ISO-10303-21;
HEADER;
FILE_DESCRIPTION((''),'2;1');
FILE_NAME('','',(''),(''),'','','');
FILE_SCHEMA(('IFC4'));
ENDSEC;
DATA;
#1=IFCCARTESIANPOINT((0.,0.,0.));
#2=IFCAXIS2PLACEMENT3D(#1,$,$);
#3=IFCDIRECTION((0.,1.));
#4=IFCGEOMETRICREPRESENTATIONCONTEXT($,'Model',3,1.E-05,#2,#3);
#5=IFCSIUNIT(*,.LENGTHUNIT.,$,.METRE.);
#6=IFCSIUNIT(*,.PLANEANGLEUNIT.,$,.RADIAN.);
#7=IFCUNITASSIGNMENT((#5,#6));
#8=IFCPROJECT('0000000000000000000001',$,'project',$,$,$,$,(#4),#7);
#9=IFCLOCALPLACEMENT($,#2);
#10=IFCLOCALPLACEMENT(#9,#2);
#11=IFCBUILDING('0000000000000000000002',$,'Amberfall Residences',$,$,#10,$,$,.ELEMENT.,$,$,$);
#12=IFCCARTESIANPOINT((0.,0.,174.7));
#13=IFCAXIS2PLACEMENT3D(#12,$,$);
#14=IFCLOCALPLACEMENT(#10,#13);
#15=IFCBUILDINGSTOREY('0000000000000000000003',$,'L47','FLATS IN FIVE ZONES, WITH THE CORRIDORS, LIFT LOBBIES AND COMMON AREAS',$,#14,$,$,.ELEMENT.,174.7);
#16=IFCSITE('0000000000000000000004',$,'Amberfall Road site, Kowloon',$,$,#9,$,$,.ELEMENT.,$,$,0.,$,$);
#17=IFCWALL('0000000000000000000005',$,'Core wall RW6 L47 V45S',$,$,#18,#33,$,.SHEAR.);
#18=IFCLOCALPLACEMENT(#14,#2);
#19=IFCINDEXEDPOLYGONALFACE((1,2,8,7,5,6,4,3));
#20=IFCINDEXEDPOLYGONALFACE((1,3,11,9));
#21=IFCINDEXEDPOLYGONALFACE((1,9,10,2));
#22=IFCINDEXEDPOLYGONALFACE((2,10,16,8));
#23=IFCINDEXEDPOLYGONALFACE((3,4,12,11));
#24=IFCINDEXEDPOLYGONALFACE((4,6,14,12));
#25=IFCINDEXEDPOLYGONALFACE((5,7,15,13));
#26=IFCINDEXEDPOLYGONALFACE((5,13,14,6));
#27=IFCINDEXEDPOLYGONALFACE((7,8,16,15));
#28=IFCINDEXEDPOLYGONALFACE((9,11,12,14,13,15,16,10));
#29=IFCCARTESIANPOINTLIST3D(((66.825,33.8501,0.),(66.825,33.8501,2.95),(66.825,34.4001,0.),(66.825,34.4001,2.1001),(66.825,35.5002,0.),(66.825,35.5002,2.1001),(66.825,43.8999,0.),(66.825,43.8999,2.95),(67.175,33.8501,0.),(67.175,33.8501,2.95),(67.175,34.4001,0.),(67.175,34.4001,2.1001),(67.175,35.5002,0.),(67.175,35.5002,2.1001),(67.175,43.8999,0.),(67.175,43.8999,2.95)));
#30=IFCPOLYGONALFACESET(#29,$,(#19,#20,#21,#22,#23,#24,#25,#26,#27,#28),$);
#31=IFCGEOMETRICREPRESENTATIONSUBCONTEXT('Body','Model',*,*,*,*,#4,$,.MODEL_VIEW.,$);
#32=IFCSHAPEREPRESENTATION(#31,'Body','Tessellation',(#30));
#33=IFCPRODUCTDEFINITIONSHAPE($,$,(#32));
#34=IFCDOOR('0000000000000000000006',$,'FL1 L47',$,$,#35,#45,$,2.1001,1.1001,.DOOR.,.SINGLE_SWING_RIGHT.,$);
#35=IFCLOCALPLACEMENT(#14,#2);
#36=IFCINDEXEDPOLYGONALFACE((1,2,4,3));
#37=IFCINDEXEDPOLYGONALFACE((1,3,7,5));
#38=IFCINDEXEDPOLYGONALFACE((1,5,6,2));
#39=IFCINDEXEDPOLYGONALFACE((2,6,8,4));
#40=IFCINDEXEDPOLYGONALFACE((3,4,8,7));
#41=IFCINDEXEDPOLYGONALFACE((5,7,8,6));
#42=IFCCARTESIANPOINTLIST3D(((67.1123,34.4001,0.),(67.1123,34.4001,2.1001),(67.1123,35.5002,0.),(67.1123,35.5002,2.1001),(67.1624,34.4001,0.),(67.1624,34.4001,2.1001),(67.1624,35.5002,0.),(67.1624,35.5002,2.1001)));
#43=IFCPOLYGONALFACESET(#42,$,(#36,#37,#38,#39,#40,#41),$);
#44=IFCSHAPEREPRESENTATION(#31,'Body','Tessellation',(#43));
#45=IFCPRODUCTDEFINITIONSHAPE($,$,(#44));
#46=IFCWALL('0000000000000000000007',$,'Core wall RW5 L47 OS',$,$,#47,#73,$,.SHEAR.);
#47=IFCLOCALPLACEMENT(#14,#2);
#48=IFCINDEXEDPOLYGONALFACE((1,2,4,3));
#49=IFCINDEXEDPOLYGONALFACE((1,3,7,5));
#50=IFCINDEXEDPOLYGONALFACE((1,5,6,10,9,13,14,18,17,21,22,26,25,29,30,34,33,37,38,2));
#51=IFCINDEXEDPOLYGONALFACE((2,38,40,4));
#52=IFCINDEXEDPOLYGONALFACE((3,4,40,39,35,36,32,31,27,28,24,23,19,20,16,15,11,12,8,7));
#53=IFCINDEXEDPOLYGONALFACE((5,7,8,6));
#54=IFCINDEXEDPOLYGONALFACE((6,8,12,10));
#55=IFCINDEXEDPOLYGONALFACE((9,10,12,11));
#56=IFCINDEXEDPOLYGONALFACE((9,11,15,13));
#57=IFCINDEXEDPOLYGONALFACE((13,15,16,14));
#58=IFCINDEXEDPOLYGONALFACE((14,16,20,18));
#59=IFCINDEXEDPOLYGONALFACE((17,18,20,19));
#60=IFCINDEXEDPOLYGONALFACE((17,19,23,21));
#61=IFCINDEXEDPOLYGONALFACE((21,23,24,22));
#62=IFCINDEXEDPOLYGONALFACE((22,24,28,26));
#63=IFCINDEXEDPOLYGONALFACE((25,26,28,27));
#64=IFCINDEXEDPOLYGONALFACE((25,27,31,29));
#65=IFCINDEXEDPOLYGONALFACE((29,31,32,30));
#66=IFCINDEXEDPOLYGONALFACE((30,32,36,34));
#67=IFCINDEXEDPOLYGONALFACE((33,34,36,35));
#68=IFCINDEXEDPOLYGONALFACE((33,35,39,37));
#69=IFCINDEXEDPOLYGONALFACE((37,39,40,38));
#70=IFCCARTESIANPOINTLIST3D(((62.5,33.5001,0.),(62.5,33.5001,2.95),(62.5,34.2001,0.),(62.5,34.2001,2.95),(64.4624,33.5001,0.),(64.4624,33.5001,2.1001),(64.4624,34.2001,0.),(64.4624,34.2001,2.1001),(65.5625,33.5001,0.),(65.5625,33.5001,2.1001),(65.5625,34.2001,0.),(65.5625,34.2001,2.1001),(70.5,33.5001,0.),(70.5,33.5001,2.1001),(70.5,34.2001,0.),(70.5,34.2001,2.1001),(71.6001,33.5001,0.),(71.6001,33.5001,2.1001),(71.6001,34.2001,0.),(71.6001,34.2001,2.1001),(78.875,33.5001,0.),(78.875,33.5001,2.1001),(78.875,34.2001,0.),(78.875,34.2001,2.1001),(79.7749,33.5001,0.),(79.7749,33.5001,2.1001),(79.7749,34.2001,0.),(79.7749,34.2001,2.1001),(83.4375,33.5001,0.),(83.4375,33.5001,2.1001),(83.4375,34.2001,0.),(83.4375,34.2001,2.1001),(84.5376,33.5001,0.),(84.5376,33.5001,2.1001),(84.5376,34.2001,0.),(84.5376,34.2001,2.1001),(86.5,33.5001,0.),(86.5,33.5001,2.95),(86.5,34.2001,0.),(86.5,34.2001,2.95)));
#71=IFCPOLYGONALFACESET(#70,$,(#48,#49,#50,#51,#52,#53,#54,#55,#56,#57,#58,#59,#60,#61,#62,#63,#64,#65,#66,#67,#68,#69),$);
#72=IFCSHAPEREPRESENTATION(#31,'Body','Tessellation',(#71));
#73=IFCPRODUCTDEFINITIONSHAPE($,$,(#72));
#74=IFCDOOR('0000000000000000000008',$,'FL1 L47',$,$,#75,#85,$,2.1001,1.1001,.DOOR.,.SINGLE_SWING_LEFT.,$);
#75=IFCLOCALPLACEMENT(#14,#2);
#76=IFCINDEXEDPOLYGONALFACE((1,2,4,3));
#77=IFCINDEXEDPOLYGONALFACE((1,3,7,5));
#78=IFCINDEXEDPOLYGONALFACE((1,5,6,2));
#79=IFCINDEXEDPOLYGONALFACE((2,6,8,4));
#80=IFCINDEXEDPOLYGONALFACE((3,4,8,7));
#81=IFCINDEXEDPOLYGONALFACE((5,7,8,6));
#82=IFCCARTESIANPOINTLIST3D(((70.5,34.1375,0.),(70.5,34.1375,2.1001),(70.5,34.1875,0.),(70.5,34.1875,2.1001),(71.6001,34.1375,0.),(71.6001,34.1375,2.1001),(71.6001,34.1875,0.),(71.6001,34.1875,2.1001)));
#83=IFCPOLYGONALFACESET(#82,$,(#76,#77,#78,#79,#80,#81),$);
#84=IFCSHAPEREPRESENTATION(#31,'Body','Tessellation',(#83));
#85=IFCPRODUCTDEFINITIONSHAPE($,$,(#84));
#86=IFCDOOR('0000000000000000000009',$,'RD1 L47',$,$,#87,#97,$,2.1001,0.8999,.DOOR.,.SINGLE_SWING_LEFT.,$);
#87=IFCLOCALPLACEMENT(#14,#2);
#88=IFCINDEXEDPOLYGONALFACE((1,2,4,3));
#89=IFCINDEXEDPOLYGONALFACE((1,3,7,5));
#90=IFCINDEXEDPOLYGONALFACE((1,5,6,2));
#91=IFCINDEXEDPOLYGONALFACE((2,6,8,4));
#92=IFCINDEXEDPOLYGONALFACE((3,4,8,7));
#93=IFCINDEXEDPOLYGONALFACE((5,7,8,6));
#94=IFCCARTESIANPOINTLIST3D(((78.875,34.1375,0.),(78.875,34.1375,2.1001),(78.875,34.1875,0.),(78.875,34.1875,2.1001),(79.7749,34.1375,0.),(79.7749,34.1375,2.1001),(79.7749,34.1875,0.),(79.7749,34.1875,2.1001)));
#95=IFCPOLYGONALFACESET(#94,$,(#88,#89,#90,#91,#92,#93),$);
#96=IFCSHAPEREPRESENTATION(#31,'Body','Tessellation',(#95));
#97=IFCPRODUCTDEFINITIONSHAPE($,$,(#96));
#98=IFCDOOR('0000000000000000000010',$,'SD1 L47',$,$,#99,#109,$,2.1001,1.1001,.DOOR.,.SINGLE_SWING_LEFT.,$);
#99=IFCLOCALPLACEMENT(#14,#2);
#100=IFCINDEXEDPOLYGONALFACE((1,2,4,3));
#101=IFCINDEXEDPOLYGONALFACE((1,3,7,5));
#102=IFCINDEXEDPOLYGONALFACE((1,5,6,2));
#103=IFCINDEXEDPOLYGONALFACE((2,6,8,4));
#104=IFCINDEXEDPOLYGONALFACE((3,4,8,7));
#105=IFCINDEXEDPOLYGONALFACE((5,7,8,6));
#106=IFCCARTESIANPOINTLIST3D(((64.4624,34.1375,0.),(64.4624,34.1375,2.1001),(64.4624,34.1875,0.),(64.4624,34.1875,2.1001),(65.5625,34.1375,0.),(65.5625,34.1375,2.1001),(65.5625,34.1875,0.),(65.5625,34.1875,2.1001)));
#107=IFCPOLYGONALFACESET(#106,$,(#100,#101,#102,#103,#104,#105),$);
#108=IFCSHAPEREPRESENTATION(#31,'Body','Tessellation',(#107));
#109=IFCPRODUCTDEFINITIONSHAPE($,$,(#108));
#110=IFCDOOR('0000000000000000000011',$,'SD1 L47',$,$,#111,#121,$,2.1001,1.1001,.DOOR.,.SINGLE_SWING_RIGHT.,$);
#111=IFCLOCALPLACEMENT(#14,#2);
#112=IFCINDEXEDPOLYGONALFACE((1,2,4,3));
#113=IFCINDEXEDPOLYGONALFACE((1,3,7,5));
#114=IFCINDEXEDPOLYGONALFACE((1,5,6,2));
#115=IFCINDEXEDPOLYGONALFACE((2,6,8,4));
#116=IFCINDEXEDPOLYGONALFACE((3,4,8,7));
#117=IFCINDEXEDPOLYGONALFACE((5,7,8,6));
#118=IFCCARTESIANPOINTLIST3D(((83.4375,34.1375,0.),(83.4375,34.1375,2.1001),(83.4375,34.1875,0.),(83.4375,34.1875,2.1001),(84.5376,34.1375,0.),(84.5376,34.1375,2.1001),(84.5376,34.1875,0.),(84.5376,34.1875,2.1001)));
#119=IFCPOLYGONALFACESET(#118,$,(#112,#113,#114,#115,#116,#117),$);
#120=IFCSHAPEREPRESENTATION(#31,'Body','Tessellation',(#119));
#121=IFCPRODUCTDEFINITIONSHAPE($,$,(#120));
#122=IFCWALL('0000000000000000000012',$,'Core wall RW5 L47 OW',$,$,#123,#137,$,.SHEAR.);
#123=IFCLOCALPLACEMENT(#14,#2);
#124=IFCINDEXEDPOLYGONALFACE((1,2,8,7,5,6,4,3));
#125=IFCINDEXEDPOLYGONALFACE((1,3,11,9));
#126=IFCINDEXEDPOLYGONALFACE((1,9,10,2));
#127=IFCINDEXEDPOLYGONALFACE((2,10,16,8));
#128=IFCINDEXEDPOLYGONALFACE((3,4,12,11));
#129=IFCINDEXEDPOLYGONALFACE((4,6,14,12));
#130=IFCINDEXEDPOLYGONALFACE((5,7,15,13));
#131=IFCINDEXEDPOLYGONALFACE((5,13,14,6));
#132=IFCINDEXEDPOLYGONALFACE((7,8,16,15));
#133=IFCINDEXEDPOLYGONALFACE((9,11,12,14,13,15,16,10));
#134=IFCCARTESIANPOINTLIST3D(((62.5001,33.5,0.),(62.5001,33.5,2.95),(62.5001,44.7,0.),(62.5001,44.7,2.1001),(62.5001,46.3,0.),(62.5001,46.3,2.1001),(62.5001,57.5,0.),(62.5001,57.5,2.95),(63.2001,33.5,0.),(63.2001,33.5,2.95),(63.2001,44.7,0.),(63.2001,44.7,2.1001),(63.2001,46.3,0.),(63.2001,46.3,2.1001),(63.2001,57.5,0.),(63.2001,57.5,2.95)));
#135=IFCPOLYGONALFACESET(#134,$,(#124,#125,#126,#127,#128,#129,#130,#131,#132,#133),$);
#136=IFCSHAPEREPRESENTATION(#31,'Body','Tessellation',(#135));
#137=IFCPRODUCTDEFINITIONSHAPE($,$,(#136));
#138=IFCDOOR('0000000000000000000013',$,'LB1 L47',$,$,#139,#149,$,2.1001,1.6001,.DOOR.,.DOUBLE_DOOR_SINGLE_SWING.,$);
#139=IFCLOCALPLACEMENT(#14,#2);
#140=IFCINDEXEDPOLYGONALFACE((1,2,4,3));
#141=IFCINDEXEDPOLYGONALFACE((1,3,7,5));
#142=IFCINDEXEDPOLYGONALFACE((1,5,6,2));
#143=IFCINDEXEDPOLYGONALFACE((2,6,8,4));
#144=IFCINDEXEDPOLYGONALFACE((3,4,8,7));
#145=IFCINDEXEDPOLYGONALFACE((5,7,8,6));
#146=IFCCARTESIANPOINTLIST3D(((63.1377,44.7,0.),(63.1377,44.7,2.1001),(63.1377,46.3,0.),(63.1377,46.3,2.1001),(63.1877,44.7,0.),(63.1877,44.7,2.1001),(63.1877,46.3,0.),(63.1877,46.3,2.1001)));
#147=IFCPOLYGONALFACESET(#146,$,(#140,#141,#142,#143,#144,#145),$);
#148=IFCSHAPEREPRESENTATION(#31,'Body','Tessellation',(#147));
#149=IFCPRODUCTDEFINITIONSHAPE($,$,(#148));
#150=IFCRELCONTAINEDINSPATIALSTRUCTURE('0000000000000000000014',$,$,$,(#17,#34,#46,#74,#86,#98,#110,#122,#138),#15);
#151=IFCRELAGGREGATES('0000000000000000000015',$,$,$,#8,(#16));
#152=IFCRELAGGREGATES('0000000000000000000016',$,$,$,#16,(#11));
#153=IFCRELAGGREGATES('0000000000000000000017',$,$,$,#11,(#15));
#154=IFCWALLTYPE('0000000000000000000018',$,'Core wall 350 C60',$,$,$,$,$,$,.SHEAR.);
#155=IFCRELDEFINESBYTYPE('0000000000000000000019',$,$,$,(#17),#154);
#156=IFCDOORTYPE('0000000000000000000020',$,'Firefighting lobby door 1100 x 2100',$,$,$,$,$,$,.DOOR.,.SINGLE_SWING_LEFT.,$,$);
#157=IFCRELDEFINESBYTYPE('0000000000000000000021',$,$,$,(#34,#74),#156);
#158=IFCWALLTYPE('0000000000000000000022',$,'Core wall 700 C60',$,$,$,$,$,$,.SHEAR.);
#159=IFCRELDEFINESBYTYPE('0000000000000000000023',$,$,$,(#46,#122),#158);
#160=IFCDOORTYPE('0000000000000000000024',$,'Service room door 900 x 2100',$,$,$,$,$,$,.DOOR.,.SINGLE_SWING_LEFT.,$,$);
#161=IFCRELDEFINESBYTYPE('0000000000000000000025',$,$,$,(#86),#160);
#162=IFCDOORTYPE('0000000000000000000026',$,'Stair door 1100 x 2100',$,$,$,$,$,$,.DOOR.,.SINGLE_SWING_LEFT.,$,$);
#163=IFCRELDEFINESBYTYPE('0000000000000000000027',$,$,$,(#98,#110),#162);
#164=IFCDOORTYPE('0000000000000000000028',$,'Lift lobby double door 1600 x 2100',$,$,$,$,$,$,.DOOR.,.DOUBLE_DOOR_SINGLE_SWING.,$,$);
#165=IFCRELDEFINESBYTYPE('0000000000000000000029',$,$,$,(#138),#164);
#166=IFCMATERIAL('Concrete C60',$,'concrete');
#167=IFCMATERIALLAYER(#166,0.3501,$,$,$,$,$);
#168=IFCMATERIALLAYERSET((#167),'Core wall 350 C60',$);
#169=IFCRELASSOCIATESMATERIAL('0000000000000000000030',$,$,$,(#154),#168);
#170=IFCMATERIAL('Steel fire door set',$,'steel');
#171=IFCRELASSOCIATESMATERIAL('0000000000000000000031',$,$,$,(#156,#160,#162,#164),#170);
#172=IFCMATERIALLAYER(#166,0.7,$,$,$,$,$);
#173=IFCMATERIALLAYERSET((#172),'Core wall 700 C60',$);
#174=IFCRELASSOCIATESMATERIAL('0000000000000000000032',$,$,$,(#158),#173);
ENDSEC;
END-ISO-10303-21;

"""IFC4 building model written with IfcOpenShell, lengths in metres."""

from ifc_helpers import new_model, si_unit, direction, frame, frame_2d, origin, place, context, subcontext, project, spatial, rectangle, extrude, material, layer, layer_set, type_object, element, fill, save


model = new_model("IFC4")

# Units and contexts
model_context = context("Model", 3, precision=1e-05, world=origin(), true_north=direction((0.0, 1.0)))
body_context = subcontext(model_context, "Body", "Model", "MODEL_VIEW")
ifc_project = project(units=[si_unit("LENGTHUNIT", "METRE"), si_unit("PLANEANGLEUNIT", "RADIAN")], contexts=[model_context])

# Site, building, storey
site_placement = place(None, origin())
site = spatial("IfcSite", under=ifc_project, at=site_placement, Name="Amberfall Road site, Kowloon", CompositionType="ELEMENT", RefElevation=0.0)
building_placement = place(site_placement, origin())
building = spatial("IfcBuilding", under=site, at=building_placement, Name="Amberfall Residences", CompositionType="ELEMENT")
storey_placement = place(building_placement, frame((0.0, 0.0, 174.7)))
storey = spatial("IfcBuildingStorey", under=building, at=storey_placement, Name="L47", Description="FLATS IN FIVE ZONES, WITH THE CORRIDORS, LIFT LOBBIES AND COMMON AREAS", CompositionType="ELEMENT", Elevation=174.7)

# Wall, opening, door
ifc_material_1 = material(Name="Concrete C60", Category="concrete")
ifc_layer_1 = layer(ifc_material_1, 0.3501)
ifc_layer_set_1 = layer_set([ifc_layer_1], Name="Core wall 350 C60")
wall_type_1 = type_object("IfcWallType", Name="Core wall 350 C60", PredefinedType="SHEAR", material=ifc_layer_set_1)
wall_1_placement = place(storey_placement, frame((67.0, 33.8501, 0.0), z_axis=(0.0, 0.0, 1.0), x_axis=(0.0, 1.0, 0.0)))
wall_1 = element("IfcWall", 1, at=wall_1_placement, inside=storey, type_object=wall_type_1, Name="Core wall RW6 L47 V45S", PredefinedType="SHEAR", context=body_context, shape_type="SweptSolid", body=[
    extrude(rectangle(XDim=10.0498, YDim=0.3501, at=frame_2d((5.0249, 0.0))), origin(), (0.0, 0.0, 1.0), 2.95),
])
opening_1_placement = place(wall_1_placement, frame((0.55, 0.0, 0.0)))
opening_1 = element("IfcOpeningElement", 2, at=opening_1_placement, cuts=wall_1, PredefinedType="OPENING", context=body_context, shape_type="SweptSolid", body=[
    extrude(rectangle(XDim=1.1001, YDim=2.1001, at=frame_2d((0.55, 1.05))), frame((0.0, 0.1851, 0.0), z_axis=(0.0, -1.0, 0.0), x_axis=(1.0, 0.0, 0.0)), (0.0, 0.0, 1.0), 0.3701),
])
ifc_material_2 = material(Name="Steel fire door set", Category="steel")
door_type_1 = type_object("IfcDoorType", Name="Firefighting lobby door 1100 x 2100", OperationType="SINGLE_SWING_LEFT", PredefinedType="DOOR", material=ifc_material_2)
door_1_placement = place(opening_1_placement, origin())
door_1 = element("IfcDoor", 3, at=door_1_placement, inside=storey, type_object=door_type_1, Name="FL1 L47", OperationType="SINGLE_SWING_RIGHT", OverallHeight=2.1001, OverallWidth=1.1001, PredefinedType="DOOR", context=body_context, shape_type="SweptSolid", body=[
    extrude(rectangle(XDim=1.1001, YDim=2.1001, at=frame_2d((0.55, 1.05))), frame((0.0, -0.1123, 0.0), z_axis=(0.0, -1.0, 0.0), x_axis=(1.0, 0.0, 0.0)), (0.0, 0.0, 1.0), 0.05),
])
fill(opening_1, door_1)

# Wall, openings, doors
ifc_layer_2 = layer(ifc_material_1, 0.7)
ifc_layer_set_2 = layer_set([ifc_layer_2], Name="Core wall 700 C60")
wall_type_2 = type_object("IfcWallType", Name="Core wall 700 C60", PredefinedType="SHEAR", material=ifc_layer_set_2)
wall_2_placement = place(storey_placement, frame((62.5, 33.8501, 0.0), z_axis=(0.0, 0.0, 1.0), x_axis=(1.0, 0.0, 0.0)))
wall_2 = element("IfcWall", 4, at=wall_2_placement, inside=storey, type_object=wall_type_2, Name="Core wall RW5 L47 OS", PredefinedType="SHEAR", context=body_context, shape_type="SweptSolid", body=[
    extrude(rectangle(XDim=24.0, YDim=0.7, at=frame_2d((12.0, 0.0))), origin(), (0.0, 0.0, 1.0), 2.95),
])
opening_2_placement = place(wall_2_placement, frame((1.9624, 0.0, 0.0)))
opening_2 = element("IfcOpeningElement", 5, at=opening_2_placement, cuts=wall_2, PredefinedType="OPENING", context=body_context, shape_type="SweptSolid", body=[
    extrude(rectangle(XDim=1.1001, YDim=2.1001, at=frame_2d((0.55, 1.05))), frame((0.0, 0.3599, 0.0), z_axis=(0.0, -1.0, 0.0), x_axis=(1.0, 0.0, 0.0)), (0.0, 0.0, 1.0), 0.72),
])
opening_3_placement = place(wall_2_placement, frame((20.9375, 0.0, 0.0)))
opening_3 = element("IfcOpeningElement", 6, at=opening_3_placement, cuts=wall_2, PredefinedType="OPENING", context=body_context, shape_type="SweptSolid", body=[
    extrude(rectangle(XDim=1.1001, YDim=2.1001, at=frame_2d((0.55, 1.05))), frame((0.0, 0.3599, 0.0), z_axis=(0.0, -1.0, 0.0), x_axis=(1.0, 0.0, 0.0)), (0.0, 0.0, 1.0), 0.72),
])
opening_4_placement = place(wall_2_placement, frame((8.0, 0.0, 0.0)))
opening_4 = element("IfcOpeningElement", 7, at=opening_4_placement, cuts=wall_2, PredefinedType="OPENING", context=body_context, shape_type="SweptSolid", body=[
    extrude(rectangle(XDim=1.1001, YDim=2.1001, at=frame_2d((0.55, 1.05))), frame((0.0, 0.3599, 0.0), z_axis=(0.0, -1.0, 0.0), x_axis=(1.0, 0.0, 0.0)), (0.0, 0.0, 1.0), 0.72),
])
opening_5_placement = place(wall_2_placement, frame((16.375, 0.0, 0.0)))
opening_5 = element("IfcOpeningElement", 8, at=opening_5_placement, cuts=wall_2, PredefinedType="OPENING", context=body_context, shape_type="SweptSolid", body=[
    extrude(rectangle(XDim=0.8999, YDim=2.1001, at=frame_2d((0.45, 1.05))), frame((0.0, 0.3599, 0.0), z_axis=(0.0, -1.0, 0.0), x_axis=(1.0, 0.0, 0.0)), (0.0, 0.0, 1.0), 0.72),
])
door_2_placement = place(opening_4_placement, origin())
door_2 = element("IfcDoor", 9, at=door_2_placement, inside=storey, type_object=door_type_1, Name="FL1 L47", OperationType="SINGLE_SWING_LEFT", OverallHeight=2.1001, OverallWidth=1.1001, PredefinedType="DOOR", context=body_context, shape_type="SweptSolid", body=[
    extrude(rectangle(XDim=1.1001, YDim=2.1001, at=frame_2d((0.55, 1.05))), frame((0.0, 0.3374, 0.0), z_axis=(0.0, -1.0, 0.0), x_axis=(1.0, 0.0, 0.0)), (0.0, 0.0, 1.0), 0.05),
])
fill(opening_4, door_2)
door_type_2 = type_object("IfcDoorType", Name="Service room door 900 x 2100", OperationType="SINGLE_SWING_LEFT", PredefinedType="DOOR", material=ifc_material_2)
door_3_placement = place(opening_5_placement, origin())
door_3 = element("IfcDoor", 10, at=door_3_placement, inside=storey, type_object=door_type_2, Name="RD1 L47", OperationType="SINGLE_SWING_LEFT", OverallHeight=2.1001, OverallWidth=0.8999, PredefinedType="DOOR", context=body_context, shape_type="SweptSolid", body=[
    extrude(rectangle(XDim=0.8999, YDim=2.1001, at=frame_2d((0.45, 1.05))), frame((0.0, 0.3374, 0.0), z_axis=(0.0, -1.0, 0.0), x_axis=(1.0, 0.0, 0.0)), (0.0, 0.0, 1.0), 0.05),
])
fill(opening_5, door_3)
door_type_3 = type_object("IfcDoorType", Name="Stair door 1100 x 2100", OperationType="SINGLE_SWING_LEFT", PredefinedType="DOOR", material=ifc_material_2)
door_4_placement = place(opening_2_placement, origin())
door_4 = element("IfcDoor", 11, at=door_4_placement, inside=storey, type_object=door_type_3, Name="SD1 L47", OperationType="SINGLE_SWING_LEFT", OverallHeight=2.1001, OverallWidth=1.1001, PredefinedType="DOOR", context=body_context, shape_type="SweptSolid", body=[
    extrude(rectangle(XDim=1.1001, YDim=2.1001, at=frame_2d((0.55, 1.05))), frame((0.0, 0.3374, 0.0), z_axis=(0.0, -1.0, 0.0), x_axis=(1.0, 0.0, 0.0)), (0.0, 0.0, 1.0), 0.05),
])
fill(opening_2, door_4)
door_5_placement = place(opening_3_placement, origin())
door_5 = element("IfcDoor", 12, at=door_5_placement, inside=storey, type_object=door_type_3, Name="SD1 L47", OperationType="SINGLE_SWING_RIGHT", OverallHeight=2.1001, OverallWidth=1.1001, PredefinedType="DOOR", context=body_context, shape_type="SweptSolid", body=[
    extrude(rectangle(XDim=1.1001, YDim=2.1001, at=frame_2d((0.55, 1.05))), frame((0.0, 0.3374, 0.0), z_axis=(0.0, -1.0, 0.0), x_axis=(1.0, 0.0, 0.0)), (0.0, 0.0, 1.0), 0.05),
])
fill(opening_3, door_5)

# Wall, opening, door
wall_3_placement = place(storey_placement, frame((62.8501, 33.5, 0.0), z_axis=(0.0, 0.0, 1.0), x_axis=(0.0, 1.0, 0.0)))
wall_3 = element("IfcWall", 13, at=wall_3_placement, inside=storey, type_object=wall_type_2, Name="Core wall RW5 L47 OW", PredefinedType="SHEAR", context=body_context, shape_type="SweptSolid", body=[
    extrude(rectangle(XDim=24.0, YDim=0.7, at=frame_2d((12.0, 0.0))), origin(), (0.0, 0.0, 1.0), 2.95),
])
opening_6_placement = place(wall_3_placement, frame((11.2, 0.0, 0.0)))
opening_6 = element("IfcOpeningElement", 14, at=opening_6_placement, cuts=wall_3, PredefinedType="OPENING", context=body_context, shape_type="SweptSolid", body=[
    extrude(rectangle(XDim=1.6001, YDim=2.1001, at=frame_2d((0.8, 1.05))), frame((0.0, 0.3599, 0.0), z_axis=(0.0, -1.0, 0.0), x_axis=(1.0, 0.0, 0.0)), (0.0, 0.0, 1.0), 0.72),
])
door_type_4 = type_object("IfcDoorType", Name="Lift lobby double door 1600 x 2100", OperationType="DOUBLE_DOOR_SINGLE_SWING", PredefinedType="DOOR", material=ifc_material_2)
door_6_placement = place(opening_6_placement, origin())
door_6 = element("IfcDoor", 15, at=door_6_placement, inside=storey, type_object=door_type_4, Name="LB1 L47", OperationType="DOUBLE_DOOR_SINGLE_SWING", OverallHeight=2.1001, OverallWidth=1.6001, PredefinedType="DOOR", context=body_context, shape_type="SweptSolid", body=[
    extrude(rectangle(XDim=1.6001, YDim=2.1001, at=frame_2d((0.8, 1.05))), frame((0.0, -0.2876, 0.0), z_axis=(0.0, -1.0, 0.0), x_axis=(1.0, 0.0, 0.0)), (0.0, 0.0, 1.0), 0.05),
])
fill(opening_6, door_6)

save(model, "model.ifc")
